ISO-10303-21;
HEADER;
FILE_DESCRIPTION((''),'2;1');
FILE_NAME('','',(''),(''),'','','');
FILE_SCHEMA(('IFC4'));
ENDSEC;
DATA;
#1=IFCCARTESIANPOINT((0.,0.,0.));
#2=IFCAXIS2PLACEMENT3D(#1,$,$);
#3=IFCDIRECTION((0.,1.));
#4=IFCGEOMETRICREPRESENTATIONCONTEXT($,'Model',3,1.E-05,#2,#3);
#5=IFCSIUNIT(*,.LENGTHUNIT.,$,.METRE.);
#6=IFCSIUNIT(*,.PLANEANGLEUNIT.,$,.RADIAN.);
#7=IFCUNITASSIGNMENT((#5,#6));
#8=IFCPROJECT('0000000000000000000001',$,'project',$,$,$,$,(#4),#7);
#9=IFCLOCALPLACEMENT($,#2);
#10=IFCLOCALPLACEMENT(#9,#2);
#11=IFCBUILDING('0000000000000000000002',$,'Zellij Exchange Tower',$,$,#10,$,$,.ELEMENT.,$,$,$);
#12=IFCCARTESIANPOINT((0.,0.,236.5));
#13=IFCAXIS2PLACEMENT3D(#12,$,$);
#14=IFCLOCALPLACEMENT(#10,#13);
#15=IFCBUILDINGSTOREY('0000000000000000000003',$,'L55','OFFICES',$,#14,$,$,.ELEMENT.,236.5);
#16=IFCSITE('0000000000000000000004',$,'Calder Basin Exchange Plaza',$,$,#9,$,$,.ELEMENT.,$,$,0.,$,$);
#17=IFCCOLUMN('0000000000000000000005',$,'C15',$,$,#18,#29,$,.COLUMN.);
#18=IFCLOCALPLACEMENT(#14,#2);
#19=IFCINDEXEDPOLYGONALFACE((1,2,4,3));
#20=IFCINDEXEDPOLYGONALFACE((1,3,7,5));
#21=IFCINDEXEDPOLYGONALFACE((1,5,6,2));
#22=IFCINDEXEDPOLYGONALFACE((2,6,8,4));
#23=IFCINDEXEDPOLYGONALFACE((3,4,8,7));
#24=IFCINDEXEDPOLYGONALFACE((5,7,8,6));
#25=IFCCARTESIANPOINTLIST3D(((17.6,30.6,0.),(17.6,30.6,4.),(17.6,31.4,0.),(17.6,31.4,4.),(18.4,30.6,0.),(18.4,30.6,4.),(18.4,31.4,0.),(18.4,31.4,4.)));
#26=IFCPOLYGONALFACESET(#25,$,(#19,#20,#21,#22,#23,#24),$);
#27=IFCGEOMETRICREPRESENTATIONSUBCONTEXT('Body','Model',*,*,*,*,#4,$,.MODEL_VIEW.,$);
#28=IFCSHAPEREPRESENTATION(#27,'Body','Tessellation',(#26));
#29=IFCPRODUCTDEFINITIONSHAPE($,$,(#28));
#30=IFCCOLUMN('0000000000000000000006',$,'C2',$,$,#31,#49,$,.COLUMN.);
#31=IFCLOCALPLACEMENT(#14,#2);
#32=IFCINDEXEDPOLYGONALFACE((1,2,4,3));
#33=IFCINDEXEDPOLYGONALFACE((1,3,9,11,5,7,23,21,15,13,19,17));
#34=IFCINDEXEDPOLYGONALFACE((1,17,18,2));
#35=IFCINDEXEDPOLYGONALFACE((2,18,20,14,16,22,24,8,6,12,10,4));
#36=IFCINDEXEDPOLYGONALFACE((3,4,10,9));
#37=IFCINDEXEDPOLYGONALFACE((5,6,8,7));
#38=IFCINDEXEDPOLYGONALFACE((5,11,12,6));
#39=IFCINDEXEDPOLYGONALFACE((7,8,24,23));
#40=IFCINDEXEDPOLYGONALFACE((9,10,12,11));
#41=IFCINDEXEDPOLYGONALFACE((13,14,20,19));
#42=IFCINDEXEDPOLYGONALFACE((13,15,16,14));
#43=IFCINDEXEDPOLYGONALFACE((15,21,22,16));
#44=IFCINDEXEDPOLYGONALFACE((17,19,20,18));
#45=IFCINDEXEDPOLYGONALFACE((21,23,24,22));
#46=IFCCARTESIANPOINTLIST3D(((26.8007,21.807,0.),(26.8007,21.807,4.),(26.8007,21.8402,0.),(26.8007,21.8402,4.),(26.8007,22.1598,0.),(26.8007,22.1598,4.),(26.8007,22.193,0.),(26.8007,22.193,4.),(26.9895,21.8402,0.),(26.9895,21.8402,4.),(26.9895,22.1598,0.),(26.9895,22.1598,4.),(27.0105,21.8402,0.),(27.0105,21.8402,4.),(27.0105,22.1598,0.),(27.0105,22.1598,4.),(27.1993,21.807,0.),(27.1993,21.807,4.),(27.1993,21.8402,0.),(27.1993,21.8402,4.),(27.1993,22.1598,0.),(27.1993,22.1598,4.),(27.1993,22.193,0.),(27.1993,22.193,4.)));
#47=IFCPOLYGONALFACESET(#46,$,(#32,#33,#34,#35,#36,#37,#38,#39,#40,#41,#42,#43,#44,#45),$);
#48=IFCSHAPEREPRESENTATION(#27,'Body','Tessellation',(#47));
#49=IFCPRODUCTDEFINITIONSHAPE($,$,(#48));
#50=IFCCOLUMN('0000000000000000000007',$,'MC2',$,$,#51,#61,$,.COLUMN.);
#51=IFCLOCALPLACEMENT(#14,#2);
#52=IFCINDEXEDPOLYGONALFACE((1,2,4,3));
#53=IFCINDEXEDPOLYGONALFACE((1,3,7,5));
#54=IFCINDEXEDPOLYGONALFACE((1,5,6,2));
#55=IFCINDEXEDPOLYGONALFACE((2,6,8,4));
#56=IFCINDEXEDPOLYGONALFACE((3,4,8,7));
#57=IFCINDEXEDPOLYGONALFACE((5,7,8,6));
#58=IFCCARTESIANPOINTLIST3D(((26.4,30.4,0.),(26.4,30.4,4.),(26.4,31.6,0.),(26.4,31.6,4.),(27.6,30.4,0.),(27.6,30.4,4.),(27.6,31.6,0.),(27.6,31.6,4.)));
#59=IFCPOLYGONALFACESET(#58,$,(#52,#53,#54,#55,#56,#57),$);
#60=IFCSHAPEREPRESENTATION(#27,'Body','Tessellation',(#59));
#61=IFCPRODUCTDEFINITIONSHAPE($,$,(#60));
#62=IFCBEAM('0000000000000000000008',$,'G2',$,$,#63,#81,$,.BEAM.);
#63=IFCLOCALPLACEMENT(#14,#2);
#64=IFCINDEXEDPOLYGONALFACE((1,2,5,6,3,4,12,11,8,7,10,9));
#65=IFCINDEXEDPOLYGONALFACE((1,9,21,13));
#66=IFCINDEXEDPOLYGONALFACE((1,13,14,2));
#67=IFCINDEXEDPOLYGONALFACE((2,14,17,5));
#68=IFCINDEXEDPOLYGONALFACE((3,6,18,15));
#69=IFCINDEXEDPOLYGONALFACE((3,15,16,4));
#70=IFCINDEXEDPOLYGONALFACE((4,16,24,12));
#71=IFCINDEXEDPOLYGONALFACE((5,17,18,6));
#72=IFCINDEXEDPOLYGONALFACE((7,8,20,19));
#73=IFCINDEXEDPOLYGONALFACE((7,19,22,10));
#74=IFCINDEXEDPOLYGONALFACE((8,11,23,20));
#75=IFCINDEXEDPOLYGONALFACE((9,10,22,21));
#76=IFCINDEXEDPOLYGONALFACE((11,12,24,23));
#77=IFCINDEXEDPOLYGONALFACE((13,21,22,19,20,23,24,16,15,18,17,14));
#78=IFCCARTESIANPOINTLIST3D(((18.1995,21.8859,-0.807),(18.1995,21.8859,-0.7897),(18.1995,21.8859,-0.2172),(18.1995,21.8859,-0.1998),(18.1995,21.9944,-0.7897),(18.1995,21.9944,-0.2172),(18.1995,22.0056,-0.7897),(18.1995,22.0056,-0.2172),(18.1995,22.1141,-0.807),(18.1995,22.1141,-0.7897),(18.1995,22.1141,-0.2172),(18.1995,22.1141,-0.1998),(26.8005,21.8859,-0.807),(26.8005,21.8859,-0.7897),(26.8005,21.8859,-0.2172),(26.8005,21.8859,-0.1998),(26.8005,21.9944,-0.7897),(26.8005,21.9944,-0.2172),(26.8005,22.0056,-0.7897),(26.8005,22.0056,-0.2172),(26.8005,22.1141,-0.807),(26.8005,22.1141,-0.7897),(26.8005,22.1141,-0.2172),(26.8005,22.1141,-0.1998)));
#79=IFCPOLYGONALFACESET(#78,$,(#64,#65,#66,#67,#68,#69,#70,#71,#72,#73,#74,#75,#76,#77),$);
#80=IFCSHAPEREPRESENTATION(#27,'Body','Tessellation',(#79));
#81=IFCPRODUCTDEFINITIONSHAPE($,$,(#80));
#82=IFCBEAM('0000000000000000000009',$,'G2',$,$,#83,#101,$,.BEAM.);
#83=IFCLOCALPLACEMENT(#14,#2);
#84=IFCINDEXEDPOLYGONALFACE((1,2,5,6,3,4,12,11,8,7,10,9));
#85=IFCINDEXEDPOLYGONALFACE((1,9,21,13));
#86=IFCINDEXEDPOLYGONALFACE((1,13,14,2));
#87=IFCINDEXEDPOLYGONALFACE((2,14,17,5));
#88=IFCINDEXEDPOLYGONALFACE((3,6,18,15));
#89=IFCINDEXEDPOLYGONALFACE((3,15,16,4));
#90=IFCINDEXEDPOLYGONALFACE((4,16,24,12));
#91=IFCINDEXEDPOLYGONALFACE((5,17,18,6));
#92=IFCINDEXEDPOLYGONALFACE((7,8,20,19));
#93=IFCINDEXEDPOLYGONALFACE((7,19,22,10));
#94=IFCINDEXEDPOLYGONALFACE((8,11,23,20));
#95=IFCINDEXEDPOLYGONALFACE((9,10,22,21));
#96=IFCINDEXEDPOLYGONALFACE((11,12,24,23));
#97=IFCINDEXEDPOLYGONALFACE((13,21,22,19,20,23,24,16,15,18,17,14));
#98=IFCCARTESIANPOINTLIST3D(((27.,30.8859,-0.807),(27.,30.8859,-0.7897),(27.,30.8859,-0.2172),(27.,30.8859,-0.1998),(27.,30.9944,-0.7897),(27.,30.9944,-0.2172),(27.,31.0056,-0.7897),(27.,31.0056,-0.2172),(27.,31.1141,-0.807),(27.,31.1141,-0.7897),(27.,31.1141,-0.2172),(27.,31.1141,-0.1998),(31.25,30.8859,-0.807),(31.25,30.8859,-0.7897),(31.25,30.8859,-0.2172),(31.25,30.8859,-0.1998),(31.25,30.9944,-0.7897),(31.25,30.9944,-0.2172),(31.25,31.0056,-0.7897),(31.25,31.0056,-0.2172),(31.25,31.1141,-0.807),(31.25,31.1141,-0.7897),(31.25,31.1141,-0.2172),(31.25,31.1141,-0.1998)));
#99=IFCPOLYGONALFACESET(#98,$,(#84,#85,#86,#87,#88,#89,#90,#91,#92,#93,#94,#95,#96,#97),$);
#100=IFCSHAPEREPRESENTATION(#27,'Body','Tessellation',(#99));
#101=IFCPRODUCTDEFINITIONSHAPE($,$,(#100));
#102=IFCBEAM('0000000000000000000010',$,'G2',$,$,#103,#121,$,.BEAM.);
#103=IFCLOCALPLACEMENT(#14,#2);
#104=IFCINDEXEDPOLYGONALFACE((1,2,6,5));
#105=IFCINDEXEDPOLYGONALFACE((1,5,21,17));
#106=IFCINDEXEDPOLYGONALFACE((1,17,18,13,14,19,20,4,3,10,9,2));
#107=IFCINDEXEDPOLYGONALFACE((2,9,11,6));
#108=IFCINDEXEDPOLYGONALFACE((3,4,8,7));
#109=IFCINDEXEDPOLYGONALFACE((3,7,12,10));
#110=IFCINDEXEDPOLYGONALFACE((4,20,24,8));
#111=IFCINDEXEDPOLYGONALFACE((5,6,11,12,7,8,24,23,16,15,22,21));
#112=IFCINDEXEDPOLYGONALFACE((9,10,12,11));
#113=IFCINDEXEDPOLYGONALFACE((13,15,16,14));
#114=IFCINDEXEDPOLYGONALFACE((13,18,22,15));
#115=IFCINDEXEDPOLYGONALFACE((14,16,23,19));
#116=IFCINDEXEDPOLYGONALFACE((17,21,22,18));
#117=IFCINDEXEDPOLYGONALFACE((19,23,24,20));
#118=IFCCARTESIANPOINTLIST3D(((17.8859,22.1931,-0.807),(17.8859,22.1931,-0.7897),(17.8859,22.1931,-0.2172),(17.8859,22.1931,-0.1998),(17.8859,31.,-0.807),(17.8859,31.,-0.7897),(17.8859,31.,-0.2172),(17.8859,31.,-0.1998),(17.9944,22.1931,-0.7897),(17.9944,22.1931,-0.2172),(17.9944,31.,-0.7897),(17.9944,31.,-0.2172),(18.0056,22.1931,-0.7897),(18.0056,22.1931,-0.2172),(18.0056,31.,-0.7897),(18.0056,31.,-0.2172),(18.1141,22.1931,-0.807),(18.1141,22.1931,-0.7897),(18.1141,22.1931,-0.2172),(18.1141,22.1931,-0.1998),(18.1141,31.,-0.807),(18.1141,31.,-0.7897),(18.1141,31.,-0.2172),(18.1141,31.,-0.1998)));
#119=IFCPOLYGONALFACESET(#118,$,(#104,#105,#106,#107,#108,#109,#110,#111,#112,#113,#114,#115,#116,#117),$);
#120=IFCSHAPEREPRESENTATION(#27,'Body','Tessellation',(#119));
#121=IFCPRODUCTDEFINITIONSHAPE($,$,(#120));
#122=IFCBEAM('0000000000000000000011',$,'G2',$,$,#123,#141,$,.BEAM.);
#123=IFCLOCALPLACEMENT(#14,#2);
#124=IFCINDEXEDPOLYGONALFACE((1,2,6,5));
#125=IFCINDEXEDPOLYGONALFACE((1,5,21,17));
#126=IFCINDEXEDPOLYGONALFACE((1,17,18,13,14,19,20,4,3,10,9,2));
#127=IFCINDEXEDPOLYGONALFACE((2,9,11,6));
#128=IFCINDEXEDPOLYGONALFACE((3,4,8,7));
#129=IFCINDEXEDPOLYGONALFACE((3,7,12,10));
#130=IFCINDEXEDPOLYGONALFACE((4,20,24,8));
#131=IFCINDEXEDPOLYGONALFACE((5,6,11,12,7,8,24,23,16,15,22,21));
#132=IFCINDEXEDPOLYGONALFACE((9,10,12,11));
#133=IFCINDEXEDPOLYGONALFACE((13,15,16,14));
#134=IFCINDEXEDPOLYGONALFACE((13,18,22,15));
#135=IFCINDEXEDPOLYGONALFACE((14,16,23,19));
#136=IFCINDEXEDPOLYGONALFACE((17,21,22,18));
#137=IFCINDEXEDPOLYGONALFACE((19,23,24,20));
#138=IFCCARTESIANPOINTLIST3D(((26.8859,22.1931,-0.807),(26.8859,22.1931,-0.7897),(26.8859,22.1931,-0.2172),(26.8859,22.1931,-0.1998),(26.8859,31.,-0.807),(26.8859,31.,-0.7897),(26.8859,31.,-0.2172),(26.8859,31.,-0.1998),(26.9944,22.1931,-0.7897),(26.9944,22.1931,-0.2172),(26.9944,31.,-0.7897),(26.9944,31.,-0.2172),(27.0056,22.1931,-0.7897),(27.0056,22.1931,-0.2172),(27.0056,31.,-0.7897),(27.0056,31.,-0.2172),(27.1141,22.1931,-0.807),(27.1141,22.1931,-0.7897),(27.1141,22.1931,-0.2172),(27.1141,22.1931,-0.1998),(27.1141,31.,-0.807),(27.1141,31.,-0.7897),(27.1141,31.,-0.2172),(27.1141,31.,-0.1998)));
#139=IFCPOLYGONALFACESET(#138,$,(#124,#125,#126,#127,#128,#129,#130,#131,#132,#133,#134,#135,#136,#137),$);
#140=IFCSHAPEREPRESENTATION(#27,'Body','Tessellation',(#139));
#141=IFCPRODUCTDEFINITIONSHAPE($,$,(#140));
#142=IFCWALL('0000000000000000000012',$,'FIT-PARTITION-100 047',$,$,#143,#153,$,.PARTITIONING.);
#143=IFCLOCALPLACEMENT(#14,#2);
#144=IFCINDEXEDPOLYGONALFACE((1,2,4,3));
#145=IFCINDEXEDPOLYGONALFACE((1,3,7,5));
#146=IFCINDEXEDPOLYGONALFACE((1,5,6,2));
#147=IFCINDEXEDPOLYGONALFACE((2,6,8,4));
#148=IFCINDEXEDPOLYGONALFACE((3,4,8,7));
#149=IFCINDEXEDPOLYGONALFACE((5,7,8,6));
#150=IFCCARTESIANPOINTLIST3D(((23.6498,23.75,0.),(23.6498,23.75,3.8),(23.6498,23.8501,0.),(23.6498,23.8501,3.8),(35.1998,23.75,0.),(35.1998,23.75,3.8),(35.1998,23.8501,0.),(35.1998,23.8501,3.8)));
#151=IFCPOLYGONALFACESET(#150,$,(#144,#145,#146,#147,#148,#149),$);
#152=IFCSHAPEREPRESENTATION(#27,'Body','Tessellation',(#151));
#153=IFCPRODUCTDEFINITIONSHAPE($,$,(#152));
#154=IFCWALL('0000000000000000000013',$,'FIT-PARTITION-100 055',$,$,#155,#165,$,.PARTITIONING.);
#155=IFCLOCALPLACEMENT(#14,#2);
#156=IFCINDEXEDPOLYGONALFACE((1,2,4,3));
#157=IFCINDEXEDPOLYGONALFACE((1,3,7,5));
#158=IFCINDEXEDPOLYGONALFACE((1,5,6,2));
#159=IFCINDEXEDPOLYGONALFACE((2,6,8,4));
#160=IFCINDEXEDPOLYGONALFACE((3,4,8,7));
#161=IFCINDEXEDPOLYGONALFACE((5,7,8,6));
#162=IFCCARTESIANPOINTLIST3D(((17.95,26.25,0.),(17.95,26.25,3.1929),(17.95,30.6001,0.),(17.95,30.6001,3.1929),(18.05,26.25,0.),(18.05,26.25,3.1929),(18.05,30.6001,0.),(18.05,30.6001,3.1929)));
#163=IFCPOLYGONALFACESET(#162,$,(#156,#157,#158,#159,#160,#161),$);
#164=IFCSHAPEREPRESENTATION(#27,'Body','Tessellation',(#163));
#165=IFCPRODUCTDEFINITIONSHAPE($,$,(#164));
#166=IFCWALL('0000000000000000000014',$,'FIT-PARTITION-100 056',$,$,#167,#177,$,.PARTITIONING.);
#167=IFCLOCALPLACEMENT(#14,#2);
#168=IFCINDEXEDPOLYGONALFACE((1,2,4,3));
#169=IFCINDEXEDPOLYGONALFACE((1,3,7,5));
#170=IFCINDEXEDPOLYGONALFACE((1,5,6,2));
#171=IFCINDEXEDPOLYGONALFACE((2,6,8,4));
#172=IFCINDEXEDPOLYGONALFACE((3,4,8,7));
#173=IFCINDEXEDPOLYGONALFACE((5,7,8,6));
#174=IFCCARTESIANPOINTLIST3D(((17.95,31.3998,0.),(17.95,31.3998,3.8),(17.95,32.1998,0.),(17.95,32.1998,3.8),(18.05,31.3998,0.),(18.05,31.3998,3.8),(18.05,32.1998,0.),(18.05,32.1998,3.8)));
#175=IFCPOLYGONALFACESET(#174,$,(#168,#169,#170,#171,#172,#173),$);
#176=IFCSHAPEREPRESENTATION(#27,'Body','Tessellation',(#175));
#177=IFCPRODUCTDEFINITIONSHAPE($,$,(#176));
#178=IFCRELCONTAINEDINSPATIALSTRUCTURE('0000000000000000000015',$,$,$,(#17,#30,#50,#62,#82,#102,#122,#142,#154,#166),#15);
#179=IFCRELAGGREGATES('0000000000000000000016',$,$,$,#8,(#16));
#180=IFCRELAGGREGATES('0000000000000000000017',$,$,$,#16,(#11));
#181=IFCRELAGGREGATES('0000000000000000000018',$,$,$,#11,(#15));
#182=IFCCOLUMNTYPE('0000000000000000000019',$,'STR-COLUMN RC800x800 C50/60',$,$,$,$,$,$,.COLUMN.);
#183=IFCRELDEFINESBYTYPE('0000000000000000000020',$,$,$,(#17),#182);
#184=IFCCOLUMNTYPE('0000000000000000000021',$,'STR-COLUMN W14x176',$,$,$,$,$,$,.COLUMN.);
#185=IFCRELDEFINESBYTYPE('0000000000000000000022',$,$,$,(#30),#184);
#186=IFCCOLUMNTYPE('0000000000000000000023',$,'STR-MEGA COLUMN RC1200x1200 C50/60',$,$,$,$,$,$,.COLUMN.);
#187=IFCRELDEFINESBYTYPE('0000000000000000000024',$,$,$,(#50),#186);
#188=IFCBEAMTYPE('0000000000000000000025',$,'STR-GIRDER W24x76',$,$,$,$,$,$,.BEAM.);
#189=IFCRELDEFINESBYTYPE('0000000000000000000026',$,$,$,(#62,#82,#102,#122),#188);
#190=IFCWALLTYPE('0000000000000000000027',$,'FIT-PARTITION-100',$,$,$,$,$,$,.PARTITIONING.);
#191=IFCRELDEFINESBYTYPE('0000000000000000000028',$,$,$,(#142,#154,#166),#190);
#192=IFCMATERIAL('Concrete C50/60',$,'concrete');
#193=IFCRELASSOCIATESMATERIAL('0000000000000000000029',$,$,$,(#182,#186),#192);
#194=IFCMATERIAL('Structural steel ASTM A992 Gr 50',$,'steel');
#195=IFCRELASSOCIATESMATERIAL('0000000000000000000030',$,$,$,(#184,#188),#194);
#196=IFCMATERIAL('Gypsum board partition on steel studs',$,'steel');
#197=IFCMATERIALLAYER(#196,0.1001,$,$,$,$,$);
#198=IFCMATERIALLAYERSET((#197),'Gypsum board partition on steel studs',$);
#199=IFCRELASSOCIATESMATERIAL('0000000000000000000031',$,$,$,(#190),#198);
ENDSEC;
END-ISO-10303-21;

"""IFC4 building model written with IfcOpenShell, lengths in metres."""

from ifc_helpers import new_model, si_unit, direction, frame, frame_2d, origin, origin_2d, place, context, subcontext, project, spatial, rectangle, i_section, extrude, material, layer, layer_set, material_profile, profile_set, type_object, element, save


model = new_model("IFC4")

# Units and contexts
model_context = context("Model", 3, precision=1e-05, world=origin(), true_north=direction((0.0, 1.0)))
body_context = subcontext(model_context, "Body", "Model", "MODEL_VIEW")
ifc_project = project(units=[si_unit("LENGTHUNIT", "METRE"), si_unit("PLANEANGLEUNIT", "RADIAN")], contexts=[model_context])

# Site, building, storey
site_placement = place(None, origin())
site = spatial("IfcSite", under=ifc_project, at=site_placement, Name="Calder Basin Exchange Plaza", CompositionType="ELEMENT", RefElevation=0.0)
building_placement = place(site_placement, origin())
building = spatial("IfcBuilding", under=site, at=building_placement, Name="Zellij Exchange Tower", CompositionType="ELEMENT")
storey_placement = place(building_placement, frame((0.0, 0.0, 236.5)))
storey = spatial("IfcBuildingStorey", under=building, at=storey_placement, Name="L55", Description="OFFICES", CompositionType="ELEMENT", Elevation=236.5)

# Columns
ifc_material_1 = material(Name="Concrete C50/60", Category="concrete")
ifc_material_profile_1 = material_profile(ifc_material_1, rectangle(XDim=0.8, YDim=0.8, at=origin_2d()), Name="STR-COLUMN RC800x800 C50/60")
ifc_profile_set_1 = profile_set([ifc_material_profile_1], Name="Concrete C50/60")
column_type_1 = type_object("IfcColumnType", Name="STR-COLUMN RC800x800 C50/60", PredefinedType="COLUMN", material=ifc_profile_set_1)
column_1_placement = place(storey_placement, frame((18.0, 31.0, 0.0), z_axis=(0.0, 0.0, 1.0), x_axis=(1.0, 0.0, 0.0)))
element("IfcColumn", 1, at=column_1_placement, inside=storey, type_object=column_type_1, Name="C15", PredefinedType="COLUMN", context=body_context, shape_type="SweptSolid", body=[
    extrude(rectangle(XDim=0.8, YDim=0.8, at=origin_2d()), origin(), (0.0, 0.0, 1.0), 4.0),
])
ifc_material_2 = material(Name="Structural steel ASTM A992 Gr 50", Category="steel")
ifc_material_profile_2 = material_profile(ifc_material_2, i_section(OverallWidth=0.3987, OverallDepth=0.386, WebThickness=0.021, FlangeThickness=0.0332, at=origin_2d()), Name="W14x176")
ifc_profile_set_2 = profile_set([ifc_material_profile_2], Name="Structural steel ASTM A992 Gr 50")
column_type_2 = type_object("IfcColumnType", Name="STR-COLUMN W14x176", PredefinedType="COLUMN", material=ifc_profile_set_2)
column_2_placement = place(storey_placement, frame((27.0, 22.0, 0.0), z_axis=(0.0, 0.0, 1.0), x_axis=(1.0, 0.0, 0.0)))
element("IfcColumn", 2, at=column_2_placement, inside=storey, type_object=column_type_2, Name="C2", PredefinedType="COLUMN", context=body_context, shape_type="SweptSolid", body=[
    extrude(i_section(OverallWidth=0.3987, OverallDepth=0.386, WebThickness=0.021, FlangeThickness=0.0332, at=origin_2d()), origin(), (0.0, 0.0, 1.0), 4.0),
])
ifc_material_profile_3 = material_profile(ifc_material_1, rectangle(XDim=1.2, YDim=1.2, at=origin_2d()), Name="STR-MEGA COLUMN RC1200x1200 C50/60")
ifc_profile_set_3 = profile_set([ifc_material_profile_3], Name="Concrete C50/60")
column_type_3 = type_object("IfcColumnType", Name="STR-MEGA COLUMN RC1200x1200 C50/60", PredefinedType="COLUMN", material=ifc_profile_set_3)
column_3_placement = place(storey_placement, frame((27.0, 31.0, 0.0), z_axis=(0.0, 0.0, 1.0), x_axis=(1.0, 0.0, 0.0)))
element("IfcColumn", 3, at=column_3_placement, inside=storey, type_object=column_type_3, Name="MC2", PredefinedType="COLUMN", context=body_context, shape_type="SweptSolid", body=[
    extrude(rectangle(XDim=1.2, YDim=1.2, at=origin_2d()), origin(), (0.0, 0.0, 1.0), 4.0),
])

# Beams
ifc_material_profile_4 = material_profile(ifc_material_2, i_section(OverallWidth=0.2283, OverallDepth=0.6072, WebThickness=0.0112, FlangeThickness=0.0173, at=origin_2d()), Name="W24x76")
ifc_profile_set_4 = profile_set([ifc_material_profile_4], Name="Structural steel ASTM A992 Gr 50")
beam_type = type_object("IfcBeamType", Name="STR-GIRDER W24x76", PredefinedType="BEAM", material=ifc_profile_set_4)
beam_1_placement = place(storey_placement, frame((18.1995, 22.0, -0.5034), z_axis=(1.0, 0.0, 0.0), x_axis=(0.0, 1.0, 0.0)))
element("IfcBeam", 4, at=beam_1_placement, inside=storey, type_object=beam_type, Name="G2", PredefinedType="BEAM", context=body_context, shape_type="SweptSolid", body=[
    extrude(i_section(OverallWidth=0.2283, OverallDepth=0.6072, WebThickness=0.0112, FlangeThickness=0.0173, at=origin_2d()), origin(), (0.0, 0.0, 1.0), 8.6011),
])
beam_2_placement = place(storey_placement, frame((27.0, 31.0, -0.5034), z_axis=(1.0, 0.0, 0.0), x_axis=(0.0, 1.0, 0.0)))
element("IfcBeam", 5, at=beam_2_placement, inside=storey, type_object=beam_type, Name="G2", PredefinedType="BEAM", context=body_context, shape_type="SweptSolid", body=[
    extrude(i_section(OverallWidth=0.2283, OverallDepth=0.6072, WebThickness=0.0112, FlangeThickness=0.0173, at=origin_2d()), origin(), (0.0, 0.0, 1.0), 4.25),
])
for number, where, z_axis, x_axis, name in (
    (6, (18.0, 22.1931, -0.5034), (0.0, 1.0, 0.0), (-1.0, 0.0, 0.0), "G2"),
    (7, (27.0, 22.1931, -0.5034), (0.0, 1.0, 0.0), (-1.0, 0.0, 0.0), "G2"),
):
    element("IfcBeam", number, at=place(storey_placement, frame(where, z_axis=z_axis, x_axis=x_axis)), inside=storey, type_object=beam_type, Name=name, PredefinedType="BEAM", context=body_context, shape_type="SweptSolid", body=[
        extrude(i_section(OverallWidth=0.2283, OverallDepth=0.6072, WebThickness=0.0112, FlangeThickness=0.0173, at=origin_2d()), origin(), (0.0, 0.0, 1.0), 8.8069),
    ])

# Walls
ifc_material_3 = material(Name="Gypsum board partition on steel studs", Category="steel")
ifc_layer = layer(ifc_material_3, 0.1001)
ifc_layer_set = layer_set([ifc_layer], Name="Gypsum board partition on steel studs")
wall_type = type_object("IfcWallType", Name="FIT-PARTITION-100", PredefinedType="PARTITIONING", material=ifc_layer_set)
wall_1_placement = place(storey_placement, frame((23.6499, 23.8, 0.0), z_axis=(0.0, 0.0, 1.0), x_axis=(1.0, 0.0, 0.0)))
element("IfcWall", 8, at=wall_1_placement, inside=storey, type_object=wall_type, Name="FIT-PARTITION-100 047", PredefinedType="PARTITIONING", context=body_context, shape_type="SweptSolid", body=[
    extrude(rectangle(XDim=11.55, YDim=0.1001, at=frame_2d((5.7749, 0.0))), origin(), (0.0, 0.0, 1.0), 3.8),
])
wall_2_placement = place(storey_placement, frame((18.0, 26.25, 0.0), z_axis=(0.0, 0.0, 1.0), x_axis=(0.0, 1.0, 0.0)))
element("IfcWall", 9, at=wall_2_placement, inside=storey, type_object=wall_type, Name="FIT-PARTITION-100 055", PredefinedType="PARTITIONING", context=body_context, shape_type="SweptSolid", body=[
    extrude(rectangle(XDim=4.3501, YDim=0.1001, at=frame_2d((2.175, 0.0))), origin(), (0.0, 0.0, 1.0), 3.1929),
])
wall_3_placement = place(storey_placement, frame((18.0, 31.3999, 0.0), z_axis=(0.0, 0.0, 1.0), x_axis=(0.0, 1.0, 0.0)))
element("IfcWall", 10, at=wall_3_placement, inside=storey, type_object=wall_type, Name="FIT-PARTITION-100 056", PredefinedType="PARTITIONING", context=body_context, shape_type="SweptSolid", body=[
    extrude(rectangle(XDim=0.8, YDim=0.1001, at=frame_2d((0.3999, 0.0))), origin(), (0.0, 0.0, 1.0), 3.8),
])

save(model, "model.ifc")
